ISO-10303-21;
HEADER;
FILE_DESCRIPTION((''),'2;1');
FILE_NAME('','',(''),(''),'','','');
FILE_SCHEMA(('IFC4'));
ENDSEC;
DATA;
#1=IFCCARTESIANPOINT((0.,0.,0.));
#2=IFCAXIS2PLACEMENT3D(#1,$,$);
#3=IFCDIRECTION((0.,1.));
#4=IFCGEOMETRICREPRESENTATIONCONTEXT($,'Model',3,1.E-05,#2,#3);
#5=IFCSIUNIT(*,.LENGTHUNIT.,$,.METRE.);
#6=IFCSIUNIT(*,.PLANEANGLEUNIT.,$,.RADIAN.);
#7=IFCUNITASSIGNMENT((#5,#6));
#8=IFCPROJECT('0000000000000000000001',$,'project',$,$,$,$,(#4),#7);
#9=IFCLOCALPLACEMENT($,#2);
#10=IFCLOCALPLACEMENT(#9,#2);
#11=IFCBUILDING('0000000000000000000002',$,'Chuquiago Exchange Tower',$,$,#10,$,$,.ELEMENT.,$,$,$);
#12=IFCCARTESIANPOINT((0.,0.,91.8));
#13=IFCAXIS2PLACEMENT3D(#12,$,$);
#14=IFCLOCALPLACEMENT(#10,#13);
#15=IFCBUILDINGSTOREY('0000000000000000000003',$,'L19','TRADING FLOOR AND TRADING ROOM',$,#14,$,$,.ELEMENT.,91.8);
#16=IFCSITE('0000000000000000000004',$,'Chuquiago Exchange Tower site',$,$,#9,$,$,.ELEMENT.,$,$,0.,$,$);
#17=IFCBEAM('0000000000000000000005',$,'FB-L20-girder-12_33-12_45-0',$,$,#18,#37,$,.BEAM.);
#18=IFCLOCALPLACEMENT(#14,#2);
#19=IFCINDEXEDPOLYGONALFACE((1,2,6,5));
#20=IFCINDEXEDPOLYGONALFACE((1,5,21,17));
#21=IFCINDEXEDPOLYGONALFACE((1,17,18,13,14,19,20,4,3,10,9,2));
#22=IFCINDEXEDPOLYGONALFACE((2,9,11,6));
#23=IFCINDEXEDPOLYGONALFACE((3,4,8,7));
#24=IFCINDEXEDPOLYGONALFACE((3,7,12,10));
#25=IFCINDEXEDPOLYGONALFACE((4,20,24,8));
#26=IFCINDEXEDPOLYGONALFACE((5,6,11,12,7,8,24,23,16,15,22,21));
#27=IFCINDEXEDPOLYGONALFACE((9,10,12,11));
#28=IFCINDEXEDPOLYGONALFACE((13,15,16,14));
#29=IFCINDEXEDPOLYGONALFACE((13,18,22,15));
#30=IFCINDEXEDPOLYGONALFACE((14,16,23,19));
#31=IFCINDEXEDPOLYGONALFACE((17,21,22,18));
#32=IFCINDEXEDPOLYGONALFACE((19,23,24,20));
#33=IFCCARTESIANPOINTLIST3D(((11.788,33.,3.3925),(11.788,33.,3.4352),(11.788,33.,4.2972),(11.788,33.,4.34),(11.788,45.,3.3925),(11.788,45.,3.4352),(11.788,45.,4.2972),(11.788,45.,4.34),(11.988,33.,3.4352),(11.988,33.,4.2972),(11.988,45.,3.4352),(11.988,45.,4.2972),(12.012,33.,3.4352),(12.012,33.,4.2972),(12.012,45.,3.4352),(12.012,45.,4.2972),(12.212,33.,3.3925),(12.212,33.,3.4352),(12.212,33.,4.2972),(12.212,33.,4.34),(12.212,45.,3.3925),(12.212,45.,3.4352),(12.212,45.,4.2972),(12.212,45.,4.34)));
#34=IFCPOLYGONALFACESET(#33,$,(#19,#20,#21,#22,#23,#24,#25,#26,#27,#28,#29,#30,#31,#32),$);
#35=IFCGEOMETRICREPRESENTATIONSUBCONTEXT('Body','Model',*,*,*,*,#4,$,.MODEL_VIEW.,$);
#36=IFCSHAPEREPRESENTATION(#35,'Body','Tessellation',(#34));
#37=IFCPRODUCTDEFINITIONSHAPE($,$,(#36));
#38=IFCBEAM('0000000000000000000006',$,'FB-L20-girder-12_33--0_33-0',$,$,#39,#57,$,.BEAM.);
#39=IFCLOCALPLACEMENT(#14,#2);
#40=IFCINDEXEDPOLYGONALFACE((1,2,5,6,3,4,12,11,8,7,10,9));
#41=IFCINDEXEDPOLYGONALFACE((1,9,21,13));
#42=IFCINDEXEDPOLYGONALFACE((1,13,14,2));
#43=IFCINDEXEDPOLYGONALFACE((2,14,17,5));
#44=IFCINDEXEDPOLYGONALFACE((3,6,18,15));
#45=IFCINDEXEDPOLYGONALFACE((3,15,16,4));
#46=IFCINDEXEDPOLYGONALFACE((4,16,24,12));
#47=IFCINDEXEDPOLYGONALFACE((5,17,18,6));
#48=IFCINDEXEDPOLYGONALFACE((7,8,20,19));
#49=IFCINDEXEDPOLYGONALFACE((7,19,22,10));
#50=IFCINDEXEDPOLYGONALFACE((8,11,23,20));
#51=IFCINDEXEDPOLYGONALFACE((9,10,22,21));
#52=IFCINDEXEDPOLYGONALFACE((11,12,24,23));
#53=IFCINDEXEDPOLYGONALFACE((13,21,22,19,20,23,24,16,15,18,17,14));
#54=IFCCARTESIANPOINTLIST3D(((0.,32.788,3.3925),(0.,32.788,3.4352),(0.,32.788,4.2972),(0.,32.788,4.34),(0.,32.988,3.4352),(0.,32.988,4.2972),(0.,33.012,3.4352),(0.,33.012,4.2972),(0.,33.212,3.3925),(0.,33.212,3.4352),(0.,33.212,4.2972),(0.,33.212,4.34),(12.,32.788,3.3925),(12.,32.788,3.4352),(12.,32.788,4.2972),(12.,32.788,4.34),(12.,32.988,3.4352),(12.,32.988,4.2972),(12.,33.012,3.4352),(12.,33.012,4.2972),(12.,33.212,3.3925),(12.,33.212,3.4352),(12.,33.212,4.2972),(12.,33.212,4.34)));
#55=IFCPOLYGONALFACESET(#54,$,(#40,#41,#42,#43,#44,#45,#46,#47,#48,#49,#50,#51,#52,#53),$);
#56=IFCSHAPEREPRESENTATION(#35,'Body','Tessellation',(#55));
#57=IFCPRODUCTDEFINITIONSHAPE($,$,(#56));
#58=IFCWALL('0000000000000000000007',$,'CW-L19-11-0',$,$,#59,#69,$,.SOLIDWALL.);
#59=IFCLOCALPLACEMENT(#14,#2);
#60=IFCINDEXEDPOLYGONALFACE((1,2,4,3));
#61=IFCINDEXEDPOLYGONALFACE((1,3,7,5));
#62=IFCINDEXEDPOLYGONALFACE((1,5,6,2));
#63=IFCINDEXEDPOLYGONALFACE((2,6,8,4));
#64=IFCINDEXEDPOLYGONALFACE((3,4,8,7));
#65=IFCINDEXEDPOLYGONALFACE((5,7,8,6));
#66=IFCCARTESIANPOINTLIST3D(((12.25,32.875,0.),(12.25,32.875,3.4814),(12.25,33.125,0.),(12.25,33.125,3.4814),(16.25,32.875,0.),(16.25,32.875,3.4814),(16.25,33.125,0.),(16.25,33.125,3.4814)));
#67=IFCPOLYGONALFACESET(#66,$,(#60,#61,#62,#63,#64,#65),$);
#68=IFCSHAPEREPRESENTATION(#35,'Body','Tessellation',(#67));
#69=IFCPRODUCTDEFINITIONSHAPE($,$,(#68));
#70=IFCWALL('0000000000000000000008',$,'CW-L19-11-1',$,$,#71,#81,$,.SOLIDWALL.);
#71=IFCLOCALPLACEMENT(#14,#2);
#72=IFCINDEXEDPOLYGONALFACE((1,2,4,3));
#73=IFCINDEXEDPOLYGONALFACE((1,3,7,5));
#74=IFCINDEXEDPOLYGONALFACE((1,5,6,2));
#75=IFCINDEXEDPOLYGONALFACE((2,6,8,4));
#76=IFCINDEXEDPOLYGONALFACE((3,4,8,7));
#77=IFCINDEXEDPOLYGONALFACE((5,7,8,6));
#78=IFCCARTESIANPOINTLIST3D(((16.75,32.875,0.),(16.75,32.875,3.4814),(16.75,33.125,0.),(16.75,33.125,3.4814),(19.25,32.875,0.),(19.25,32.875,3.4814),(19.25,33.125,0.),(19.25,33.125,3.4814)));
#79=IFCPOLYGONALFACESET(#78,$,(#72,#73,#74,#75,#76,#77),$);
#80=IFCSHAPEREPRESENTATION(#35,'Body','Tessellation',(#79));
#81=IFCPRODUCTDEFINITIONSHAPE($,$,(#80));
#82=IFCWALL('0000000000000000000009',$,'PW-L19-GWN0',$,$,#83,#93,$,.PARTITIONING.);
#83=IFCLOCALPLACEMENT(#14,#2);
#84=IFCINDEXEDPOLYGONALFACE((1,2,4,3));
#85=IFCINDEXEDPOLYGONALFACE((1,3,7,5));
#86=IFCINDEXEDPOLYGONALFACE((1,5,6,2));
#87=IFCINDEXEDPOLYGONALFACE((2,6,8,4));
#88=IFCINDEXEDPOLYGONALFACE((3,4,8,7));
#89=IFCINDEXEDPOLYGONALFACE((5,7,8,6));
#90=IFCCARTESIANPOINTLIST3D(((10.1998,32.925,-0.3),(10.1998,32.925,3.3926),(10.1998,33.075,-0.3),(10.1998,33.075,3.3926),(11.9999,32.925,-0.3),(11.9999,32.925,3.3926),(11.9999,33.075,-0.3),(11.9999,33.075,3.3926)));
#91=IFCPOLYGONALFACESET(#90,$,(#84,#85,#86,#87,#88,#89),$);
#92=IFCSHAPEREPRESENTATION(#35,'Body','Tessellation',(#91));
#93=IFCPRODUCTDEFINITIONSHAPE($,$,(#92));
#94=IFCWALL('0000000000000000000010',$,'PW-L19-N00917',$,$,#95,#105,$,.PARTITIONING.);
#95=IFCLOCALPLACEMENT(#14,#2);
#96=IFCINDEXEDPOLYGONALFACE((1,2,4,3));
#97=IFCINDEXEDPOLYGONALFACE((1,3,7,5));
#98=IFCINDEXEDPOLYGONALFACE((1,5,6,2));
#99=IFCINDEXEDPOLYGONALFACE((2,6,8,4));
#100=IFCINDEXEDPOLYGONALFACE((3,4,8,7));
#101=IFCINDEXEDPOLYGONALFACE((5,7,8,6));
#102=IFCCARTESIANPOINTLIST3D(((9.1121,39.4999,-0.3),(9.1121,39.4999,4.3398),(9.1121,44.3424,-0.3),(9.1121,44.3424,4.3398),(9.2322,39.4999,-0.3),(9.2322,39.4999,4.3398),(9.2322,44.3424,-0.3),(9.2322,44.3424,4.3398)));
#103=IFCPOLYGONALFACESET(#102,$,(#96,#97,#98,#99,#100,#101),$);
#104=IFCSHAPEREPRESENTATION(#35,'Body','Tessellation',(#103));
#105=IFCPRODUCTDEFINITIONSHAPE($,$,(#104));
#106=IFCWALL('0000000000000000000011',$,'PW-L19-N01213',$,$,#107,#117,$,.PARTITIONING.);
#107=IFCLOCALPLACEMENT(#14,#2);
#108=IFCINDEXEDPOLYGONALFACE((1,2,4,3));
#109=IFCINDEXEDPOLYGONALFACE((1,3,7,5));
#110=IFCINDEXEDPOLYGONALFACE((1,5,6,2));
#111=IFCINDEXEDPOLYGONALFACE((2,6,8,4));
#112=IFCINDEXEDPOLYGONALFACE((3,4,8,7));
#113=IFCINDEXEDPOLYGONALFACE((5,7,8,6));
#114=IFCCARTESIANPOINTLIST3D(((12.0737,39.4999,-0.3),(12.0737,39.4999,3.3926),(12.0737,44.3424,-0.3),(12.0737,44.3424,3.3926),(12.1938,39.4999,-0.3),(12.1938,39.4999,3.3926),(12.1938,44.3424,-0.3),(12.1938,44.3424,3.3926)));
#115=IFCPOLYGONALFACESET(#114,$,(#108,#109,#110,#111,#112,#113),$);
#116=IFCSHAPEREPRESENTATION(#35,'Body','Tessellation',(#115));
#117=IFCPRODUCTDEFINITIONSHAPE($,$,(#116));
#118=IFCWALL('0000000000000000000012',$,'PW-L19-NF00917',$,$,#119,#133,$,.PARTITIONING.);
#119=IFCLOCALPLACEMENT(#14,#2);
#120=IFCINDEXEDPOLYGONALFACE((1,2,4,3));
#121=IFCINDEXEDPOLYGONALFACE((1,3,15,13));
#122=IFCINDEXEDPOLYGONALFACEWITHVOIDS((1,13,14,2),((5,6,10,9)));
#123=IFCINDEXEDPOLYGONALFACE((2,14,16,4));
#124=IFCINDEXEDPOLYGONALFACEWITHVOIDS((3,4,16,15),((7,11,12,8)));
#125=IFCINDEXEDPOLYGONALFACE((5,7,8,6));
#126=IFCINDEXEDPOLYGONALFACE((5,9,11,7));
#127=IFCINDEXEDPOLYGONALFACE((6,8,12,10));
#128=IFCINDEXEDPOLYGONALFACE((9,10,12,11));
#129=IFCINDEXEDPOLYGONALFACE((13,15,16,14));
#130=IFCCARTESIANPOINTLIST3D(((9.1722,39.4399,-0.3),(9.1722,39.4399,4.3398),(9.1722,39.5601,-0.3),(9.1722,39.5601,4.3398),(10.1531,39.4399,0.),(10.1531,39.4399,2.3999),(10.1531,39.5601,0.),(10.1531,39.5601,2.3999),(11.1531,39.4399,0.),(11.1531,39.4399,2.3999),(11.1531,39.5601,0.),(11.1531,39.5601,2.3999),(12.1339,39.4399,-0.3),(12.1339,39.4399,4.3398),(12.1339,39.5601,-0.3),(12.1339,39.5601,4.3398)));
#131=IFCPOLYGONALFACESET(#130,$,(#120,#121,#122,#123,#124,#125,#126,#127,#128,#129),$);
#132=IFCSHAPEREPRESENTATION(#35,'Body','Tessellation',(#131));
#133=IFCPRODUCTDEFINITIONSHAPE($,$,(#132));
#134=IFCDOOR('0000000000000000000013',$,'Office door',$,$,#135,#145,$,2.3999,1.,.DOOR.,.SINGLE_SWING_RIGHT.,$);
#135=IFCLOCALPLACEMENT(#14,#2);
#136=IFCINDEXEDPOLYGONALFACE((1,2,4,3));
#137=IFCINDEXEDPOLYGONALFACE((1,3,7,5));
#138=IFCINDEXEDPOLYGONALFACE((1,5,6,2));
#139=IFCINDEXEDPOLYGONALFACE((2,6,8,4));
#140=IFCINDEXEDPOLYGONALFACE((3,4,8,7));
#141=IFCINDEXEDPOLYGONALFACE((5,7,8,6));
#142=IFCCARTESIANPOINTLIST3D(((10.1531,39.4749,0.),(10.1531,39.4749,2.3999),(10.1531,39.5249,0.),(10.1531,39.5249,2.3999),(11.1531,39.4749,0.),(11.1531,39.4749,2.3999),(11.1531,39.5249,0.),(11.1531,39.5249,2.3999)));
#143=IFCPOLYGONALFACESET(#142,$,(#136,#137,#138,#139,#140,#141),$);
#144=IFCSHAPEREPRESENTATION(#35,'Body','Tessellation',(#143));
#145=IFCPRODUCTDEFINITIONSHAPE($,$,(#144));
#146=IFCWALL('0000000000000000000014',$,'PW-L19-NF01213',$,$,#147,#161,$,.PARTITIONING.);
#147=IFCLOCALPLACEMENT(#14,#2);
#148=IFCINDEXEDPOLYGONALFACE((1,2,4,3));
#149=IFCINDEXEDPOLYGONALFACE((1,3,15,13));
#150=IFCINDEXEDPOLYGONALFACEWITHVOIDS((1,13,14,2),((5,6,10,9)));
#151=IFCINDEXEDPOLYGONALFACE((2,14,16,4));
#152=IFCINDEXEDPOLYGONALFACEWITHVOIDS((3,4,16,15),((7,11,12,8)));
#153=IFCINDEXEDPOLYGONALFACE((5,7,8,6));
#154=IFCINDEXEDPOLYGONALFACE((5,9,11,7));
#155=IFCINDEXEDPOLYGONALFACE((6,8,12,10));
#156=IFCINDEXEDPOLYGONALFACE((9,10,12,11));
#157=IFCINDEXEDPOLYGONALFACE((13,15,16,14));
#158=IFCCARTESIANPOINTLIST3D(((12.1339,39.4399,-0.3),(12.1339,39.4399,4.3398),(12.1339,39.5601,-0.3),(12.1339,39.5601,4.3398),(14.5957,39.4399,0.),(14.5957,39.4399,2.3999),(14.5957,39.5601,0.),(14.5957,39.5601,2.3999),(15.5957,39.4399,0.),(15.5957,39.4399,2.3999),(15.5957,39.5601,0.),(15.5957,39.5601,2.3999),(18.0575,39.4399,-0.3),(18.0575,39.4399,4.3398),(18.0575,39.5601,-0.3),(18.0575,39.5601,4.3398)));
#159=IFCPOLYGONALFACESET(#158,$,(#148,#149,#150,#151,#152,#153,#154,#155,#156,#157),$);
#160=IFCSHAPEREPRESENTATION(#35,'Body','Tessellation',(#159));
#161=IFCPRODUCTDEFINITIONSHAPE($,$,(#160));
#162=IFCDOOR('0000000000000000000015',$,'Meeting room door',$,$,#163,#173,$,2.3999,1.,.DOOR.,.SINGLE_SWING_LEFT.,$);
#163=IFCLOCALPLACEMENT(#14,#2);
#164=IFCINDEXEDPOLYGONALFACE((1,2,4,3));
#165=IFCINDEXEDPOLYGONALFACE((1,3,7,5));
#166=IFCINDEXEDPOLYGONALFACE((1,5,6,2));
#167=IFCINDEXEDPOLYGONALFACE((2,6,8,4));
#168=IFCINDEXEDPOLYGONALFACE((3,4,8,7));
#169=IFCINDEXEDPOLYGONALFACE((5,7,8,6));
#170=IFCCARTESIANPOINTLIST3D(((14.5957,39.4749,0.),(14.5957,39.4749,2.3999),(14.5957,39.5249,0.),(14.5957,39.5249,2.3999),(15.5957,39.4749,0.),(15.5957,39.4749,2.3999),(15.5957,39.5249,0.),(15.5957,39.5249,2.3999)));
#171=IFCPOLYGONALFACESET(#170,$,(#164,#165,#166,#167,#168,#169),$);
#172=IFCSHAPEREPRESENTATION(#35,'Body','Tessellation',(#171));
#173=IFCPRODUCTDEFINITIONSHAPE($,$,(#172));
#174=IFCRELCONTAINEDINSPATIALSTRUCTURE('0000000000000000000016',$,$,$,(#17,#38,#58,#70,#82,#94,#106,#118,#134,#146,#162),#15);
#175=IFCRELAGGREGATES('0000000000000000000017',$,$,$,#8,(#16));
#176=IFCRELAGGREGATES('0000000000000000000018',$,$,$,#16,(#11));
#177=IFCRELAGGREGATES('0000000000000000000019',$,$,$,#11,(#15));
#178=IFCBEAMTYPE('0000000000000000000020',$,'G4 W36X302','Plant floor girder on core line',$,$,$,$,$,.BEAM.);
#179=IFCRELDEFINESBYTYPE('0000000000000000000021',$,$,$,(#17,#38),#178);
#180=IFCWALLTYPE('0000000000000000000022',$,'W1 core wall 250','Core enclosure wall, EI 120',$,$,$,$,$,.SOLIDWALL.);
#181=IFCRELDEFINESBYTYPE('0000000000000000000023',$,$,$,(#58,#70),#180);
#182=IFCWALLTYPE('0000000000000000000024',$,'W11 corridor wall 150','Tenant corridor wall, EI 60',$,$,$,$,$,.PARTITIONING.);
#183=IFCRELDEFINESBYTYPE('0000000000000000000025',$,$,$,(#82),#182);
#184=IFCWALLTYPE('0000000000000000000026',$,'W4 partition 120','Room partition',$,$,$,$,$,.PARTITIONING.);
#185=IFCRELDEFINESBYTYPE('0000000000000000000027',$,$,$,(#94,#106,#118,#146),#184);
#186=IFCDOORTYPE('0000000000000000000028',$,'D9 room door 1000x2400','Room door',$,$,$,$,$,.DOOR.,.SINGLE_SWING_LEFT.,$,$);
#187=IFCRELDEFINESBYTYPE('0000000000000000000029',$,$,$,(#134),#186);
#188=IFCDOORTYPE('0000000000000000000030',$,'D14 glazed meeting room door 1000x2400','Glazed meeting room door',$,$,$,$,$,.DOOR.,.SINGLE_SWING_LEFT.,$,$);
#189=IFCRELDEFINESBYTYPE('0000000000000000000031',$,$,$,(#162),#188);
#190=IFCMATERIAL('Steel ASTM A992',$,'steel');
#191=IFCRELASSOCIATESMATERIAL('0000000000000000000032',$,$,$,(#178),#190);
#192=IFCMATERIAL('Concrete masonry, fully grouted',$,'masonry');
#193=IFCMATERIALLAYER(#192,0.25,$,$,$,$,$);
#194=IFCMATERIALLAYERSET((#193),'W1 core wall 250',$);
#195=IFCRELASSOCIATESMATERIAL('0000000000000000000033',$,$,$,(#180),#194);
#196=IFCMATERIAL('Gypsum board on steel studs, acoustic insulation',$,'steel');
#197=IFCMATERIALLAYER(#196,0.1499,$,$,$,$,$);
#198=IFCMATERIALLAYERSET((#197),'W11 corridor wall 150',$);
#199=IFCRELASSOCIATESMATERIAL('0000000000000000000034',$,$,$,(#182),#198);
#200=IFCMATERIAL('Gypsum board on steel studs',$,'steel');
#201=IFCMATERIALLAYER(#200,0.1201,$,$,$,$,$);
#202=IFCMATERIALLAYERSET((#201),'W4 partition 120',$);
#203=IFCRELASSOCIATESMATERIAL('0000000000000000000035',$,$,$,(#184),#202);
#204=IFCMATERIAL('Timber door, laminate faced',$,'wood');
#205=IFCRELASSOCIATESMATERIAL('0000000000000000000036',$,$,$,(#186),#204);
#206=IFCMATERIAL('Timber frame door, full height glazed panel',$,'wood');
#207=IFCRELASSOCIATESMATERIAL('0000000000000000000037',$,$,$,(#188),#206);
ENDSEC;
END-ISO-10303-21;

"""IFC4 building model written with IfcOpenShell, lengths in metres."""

from ifc_helpers import new_model, si_unit, direction, frame, frame_2d, origin, origin_2d, place, context, subcontext, project, spatial, rectangle, i_section, extrude, material, layer, layer_set, material_profile, profile_set, type_object, element, fill, save


model = new_model("IFC4")

# Units and contexts
model_context = context("Model", 3, precision=1e-05, world=origin(), true_north=direction((0.0, 1.0)))
body_context = subcontext(model_context, "Body", "Model", "MODEL_VIEW")
ifc_project = project(units=[si_unit("LENGTHUNIT", "METRE"), si_unit("PLANEANGLEUNIT", "RADIAN")], contexts=[model_context])

# Site, building, storey
site_placement = place(None, origin())
site = spatial("IfcSite", under=ifc_project, at=site_placement, Name="Chuquiago Exchange Tower site", CompositionType="ELEMENT", RefElevation=0.0)
building_placement = place(site_placement, origin())
building = spatial("IfcBuilding", under=site, at=building_placement, Name="Chuquiago Exchange Tower", CompositionType="ELEMENT")
storey_placement = place(building_placement, frame((0.0, 0.0, 91.8)))
storey = spatial("IfcBuildingStorey", under=building, at=storey_placement, Name="L19", Description="TRADING FLOOR AND TRADING ROOM", CompositionType="ELEMENT", Elevation=91.8)

# Beams
ifc_material_1 = material(Name="Steel ASTM A992", Category="steel")
ifc_material_profile_1 = material_profile(ifc_material_1, i_section(OverallWidth=0.4241, OverallDepth=0.9475, WebThickness=0.0239, FlangeThickness=0.0427, at=origin_2d()), Name="W36X302")
ifc_profile_set_1 = profile_set([ifc_material_profile_1], Name="Steel ASTM A992")
beam_type_1 = type_object("IfcBeamType", Name="G4 W36X302", Description="Plant floor girder on core line", PredefinedType="BEAM", material=ifc_profile_set_1)
for number, where, z_axis, x_axis, name in (
    (1, (12.0, 33.0, 3.8662), (0.0, 1.0, 0.0), (-1.0, 0.0, 0.0), "FB-L20-girder-12_33-12_45-0"),
    (2, (12.0, 33.0, 3.8662), (-1.0, 0.0, 0.0), (0.0, -1.0, 0.0), "FB-L20-girder-12_33--0_33-0"),
):
    element("IfcBeam", number, at=place(storey_placement, frame(where, z_axis=z_axis, x_axis=x_axis)), inside=storey, type_object=beam_type_1, Name=name, PredefinedType="BEAM", context=body_context, shape_type="SweptSolid", body=[
        extrude(i_section(OverallWidth=0.4241, OverallDepth=0.9475, WebThickness=0.0239, FlangeThickness=0.0427, at=origin_2d()), origin(), (0.0, 0.0, 1.0), 12.0),
    ])

# Walls
ifc_material_2 = material(Name="Concrete masonry, fully grouted", Category="masonry")
ifc_layer_1 = layer(ifc_material_2, 0.25)
ifc_layer_set_1 = layer_set([ifc_layer_1], Name="W1 core wall 250")
wall_type_1 = type_object("IfcWallType", Name="W1 core wall 250", Description="Core enclosure wall, EI 120", PredefinedType="SOLIDWALL", material=ifc_layer_set_1)
wall_1_placement = place(storey_placement, frame((12.25, 33.0, 0.0), z_axis=(0.0, 0.0, 1.0), x_axis=(1.0, 0.0, 0.0)))
element("IfcWall", 3, at=wall_1_placement, inside=storey, type_object=wall_type_1, Name="CW-L19-11-0", PredefinedType="SOLIDWALL", context=body_context, shape_type="SweptSolid", body=[
    extrude(rectangle(XDim=4.0, YDim=0.25, at=frame_2d((2.0, 0.0))), origin(), (0.0, 0.0, 1.0), 3.4814),
])
wall_2_placement = place(storey_placement, frame((16.75, 33.0, 0.0), z_axis=(0.0, 0.0, 1.0), x_axis=(1.0, 0.0, 0.0)))
element("IfcWall", 4, at=wall_2_placement, inside=storey, type_object=wall_type_1, Name="CW-L19-11-1", PredefinedType="SOLIDWALL", context=body_context, shape_type="SweptSolid", body=[
    extrude(rectangle(XDim=2.5, YDim=0.25, at=frame_2d((1.25, 0.0))), origin(), (0.0, 0.0, 1.0), 3.4814),
])
ifc_material_3 = material(Name="Gypsum board on steel studs, acoustic insulation", Category="steel")
ifc_layer_2 = layer(ifc_material_3, 0.1499)
ifc_layer_set_2 = layer_set([ifc_layer_2], Name="W11 corridor wall 150")
wall_type_2 = type_object("IfcWallType", Name="W11 corridor wall 150", Description="Tenant corridor wall, EI 60", PredefinedType="PARTITIONING", material=ifc_layer_set_2)
wall_3_placement = place(storey_placement, frame((10.2, 33.0, -0.3), z_axis=(0.0, 0.0, 1.0), x_axis=(1.0, 0.0, 0.0)))
element("IfcWall", 5, at=wall_3_placement, inside=storey, type_object=wall_type_2, Name="PW-L19-GWN0", PredefinedType="PARTITIONING", context=body_context, shape_type="SweptSolid", body=[
    extrude(rectangle(XDim=1.8, YDim=0.1499, at=frame_2d((0.8999, 0.0))), origin(), (0.0, 0.0, 1.0), 3.6926),
])
ifc_material_4 = material(Name="Gypsum board on steel studs", Category="steel")
ifc_layer_3 = layer(ifc_material_4, 0.1201)
ifc_layer_set_3 = layer_set([ifc_layer_3], Name="W4 partition 120")
wall_type_3 = type_object("IfcWallType", Name="W4 partition 120", Description="Room partition", PredefinedType="PARTITIONING", material=ifc_layer_set_3)
wall_4_placement = place(storey_placement, frame((9.1721, 44.3425, -0.3), z_axis=(0.0, 0.0, 1.0), x_axis=(0.0, -1.0, 0.0)))
element("IfcWall", 6, at=wall_4_placement, inside=storey, type_object=wall_type_3, Name="PW-L19-N00917", PredefinedType="PARTITIONING", context=body_context, shape_type="SweptSolid", body=[
    extrude(rectangle(XDim=4.8425, YDim=0.1201, at=frame_2d((2.4214, 0.0))), origin(), (0.0, 0.0, 1.0), 4.6399),
])
wall_5_placement = place(storey_placement, frame((12.1338, 44.3425, -0.3), z_axis=(0.0, 0.0, 1.0), x_axis=(0.0, -1.0, 0.0)))
element("IfcWall", 7, at=wall_5_placement, inside=storey, type_object=wall_type_3, Name="PW-L19-N01213", PredefinedType="PARTITIONING", context=body_context, shape_type="SweptSolid", body=[
    extrude(rectangle(XDim=4.8425, YDim=0.1201, at=frame_2d((2.4214, 0.0))), origin(), (0.0, 0.0, 1.0), 3.6926),
])

# Walls, openings, doors
wall_6_placement = place(storey_placement, frame((9.1721, 39.5, -0.3), z_axis=(0.0, 0.0, 1.0), x_axis=(1.0, 0.0, 0.0)))
wall_6 = element("IfcWall", 8, at=wall_6_placement, inside=storey, type_object=wall_type_3, Name="PW-L19-NF00917", PredefinedType="PARTITIONING", context=body_context, shape_type="SweptSolid", body=[
    extrude(rectangle(XDim=2.9617, YDim=0.1201, at=frame_2d((1.481, 0.0))), origin(), (0.0, 0.0, 1.0), 4.6399),
])
opening_1_placement = place(wall_6_placement, frame((0.981, 0.0, 0.3)))
opening_1 = element("IfcOpeningElement", 9, at=opening_1_placement, cuts=wall_6, PredefinedType="OPENING", context=body_context, shape_type="SweptSolid", body=[
    extrude(rectangle(XDim=1.0, YDim=2.3999, at=frame_2d((0.5, 1.2))), frame((0.0, 0.0701, 0.0), z_axis=(0.0, -1.0, 0.0), x_axis=(1.0, 0.0, 0.0)), (0.0, 0.0, 1.0), 0.1401),
])
ifc_material_5 = material(Name="Timber door, laminate faced", Category="wood")
door_type_1 = type_object("IfcDoorType", Name="D9 room door 1000x2400", Description="Room door", OperationType="SINGLE_SWING_LEFT", PredefinedType="DOOR", material=ifc_material_5)
door_1_placement = place(opening_1_placement, origin())
door_1 = element("IfcDoor", 10, at=door_1_placement, inside=storey, type_object=door_type_1, Name="Office door", OperationType="SINGLE_SWING_RIGHT", OverallHeight=2.3999, OverallWidth=1.0, PredefinedType="DOOR", context=body_context, shape_type="SweptSolid", body=[
    extrude(rectangle(XDim=1.0, YDim=2.3999, at=frame_2d((0.5, 1.2))), frame((0.0, 0.0249, 0.0), z_axis=(0.0, -1.0, 0.0), x_axis=(1.0, 0.0, 0.0)), (0.0, 0.0, 1.0), 0.05),
])
fill(opening_1, door_1)
wall_7_placement = place(storey_placement, frame((12.1338, 39.5, -0.3), z_axis=(0.0, 0.0, 1.0), x_axis=(1.0, 0.0, 0.0)))
wall_7 = element("IfcWall", 11, at=wall_7_placement, inside=storey, type_object=wall_type_3, Name="PW-L19-NF01213", PredefinedType="PARTITIONING", context=body_context, shape_type="SweptSolid", body=[
    extrude(rectangle(XDim=5.9236, YDim=0.1201, at=frame_2d((2.9619, 0.0))), origin(), (0.0, 0.0, 1.0), 4.6399),
])
opening_2_placement = place(wall_7_placement, frame((2.4619, 0.0, 0.3)))
opening_2 = element("IfcOpeningElement", 12, at=opening_2_placement, cuts=wall_7, PredefinedType="OPENING", context=body_context, shape_type="SweptSolid", body=[
    extrude(rectangle(XDim=1.0, YDim=2.3999, at=frame_2d((0.5, 1.2))), frame((0.0, 0.0701, 0.0), z_axis=(0.0, -1.0, 0.0), x_axis=(1.0, 0.0, 0.0)), (0.0, 0.0, 1.0), 0.1401),
])
ifc_material_6 = material(Name="Timber frame door, full height glazed panel", Category="wood")
door_type_2 = type_object("IfcDoorType", Name="D14 glazed meeting room door 1000x2400", Description="Glazed meeting room door", OperationType="SINGLE_SWING_LEFT", PredefinedType="DOOR", material=ifc_material_6)
door_2_placement = place(opening_2_placement, origin())
door_2 = element("IfcDoor", 13, at=door_2_placement, inside=storey, type_object=door_type_2, Name="Meeting room door", OperationType="SINGLE_SWING_LEFT", OverallHeight=2.3999, OverallWidth=1.0, PredefinedType="DOOR", context=body_context, shape_type="SweptSolid", body=[
    extrude(rectangle(XDim=1.0, YDim=2.3999, at=frame_2d((0.5, 1.2))), frame((0.0, 0.0249, 0.0), z_axis=(0.0, -1.0, 0.0), x_axis=(1.0, 0.0, 0.0)), (0.0, 0.0, 1.0), 0.05),
])
fill(opening_2, door_2)

save(model, "model.ifc")
